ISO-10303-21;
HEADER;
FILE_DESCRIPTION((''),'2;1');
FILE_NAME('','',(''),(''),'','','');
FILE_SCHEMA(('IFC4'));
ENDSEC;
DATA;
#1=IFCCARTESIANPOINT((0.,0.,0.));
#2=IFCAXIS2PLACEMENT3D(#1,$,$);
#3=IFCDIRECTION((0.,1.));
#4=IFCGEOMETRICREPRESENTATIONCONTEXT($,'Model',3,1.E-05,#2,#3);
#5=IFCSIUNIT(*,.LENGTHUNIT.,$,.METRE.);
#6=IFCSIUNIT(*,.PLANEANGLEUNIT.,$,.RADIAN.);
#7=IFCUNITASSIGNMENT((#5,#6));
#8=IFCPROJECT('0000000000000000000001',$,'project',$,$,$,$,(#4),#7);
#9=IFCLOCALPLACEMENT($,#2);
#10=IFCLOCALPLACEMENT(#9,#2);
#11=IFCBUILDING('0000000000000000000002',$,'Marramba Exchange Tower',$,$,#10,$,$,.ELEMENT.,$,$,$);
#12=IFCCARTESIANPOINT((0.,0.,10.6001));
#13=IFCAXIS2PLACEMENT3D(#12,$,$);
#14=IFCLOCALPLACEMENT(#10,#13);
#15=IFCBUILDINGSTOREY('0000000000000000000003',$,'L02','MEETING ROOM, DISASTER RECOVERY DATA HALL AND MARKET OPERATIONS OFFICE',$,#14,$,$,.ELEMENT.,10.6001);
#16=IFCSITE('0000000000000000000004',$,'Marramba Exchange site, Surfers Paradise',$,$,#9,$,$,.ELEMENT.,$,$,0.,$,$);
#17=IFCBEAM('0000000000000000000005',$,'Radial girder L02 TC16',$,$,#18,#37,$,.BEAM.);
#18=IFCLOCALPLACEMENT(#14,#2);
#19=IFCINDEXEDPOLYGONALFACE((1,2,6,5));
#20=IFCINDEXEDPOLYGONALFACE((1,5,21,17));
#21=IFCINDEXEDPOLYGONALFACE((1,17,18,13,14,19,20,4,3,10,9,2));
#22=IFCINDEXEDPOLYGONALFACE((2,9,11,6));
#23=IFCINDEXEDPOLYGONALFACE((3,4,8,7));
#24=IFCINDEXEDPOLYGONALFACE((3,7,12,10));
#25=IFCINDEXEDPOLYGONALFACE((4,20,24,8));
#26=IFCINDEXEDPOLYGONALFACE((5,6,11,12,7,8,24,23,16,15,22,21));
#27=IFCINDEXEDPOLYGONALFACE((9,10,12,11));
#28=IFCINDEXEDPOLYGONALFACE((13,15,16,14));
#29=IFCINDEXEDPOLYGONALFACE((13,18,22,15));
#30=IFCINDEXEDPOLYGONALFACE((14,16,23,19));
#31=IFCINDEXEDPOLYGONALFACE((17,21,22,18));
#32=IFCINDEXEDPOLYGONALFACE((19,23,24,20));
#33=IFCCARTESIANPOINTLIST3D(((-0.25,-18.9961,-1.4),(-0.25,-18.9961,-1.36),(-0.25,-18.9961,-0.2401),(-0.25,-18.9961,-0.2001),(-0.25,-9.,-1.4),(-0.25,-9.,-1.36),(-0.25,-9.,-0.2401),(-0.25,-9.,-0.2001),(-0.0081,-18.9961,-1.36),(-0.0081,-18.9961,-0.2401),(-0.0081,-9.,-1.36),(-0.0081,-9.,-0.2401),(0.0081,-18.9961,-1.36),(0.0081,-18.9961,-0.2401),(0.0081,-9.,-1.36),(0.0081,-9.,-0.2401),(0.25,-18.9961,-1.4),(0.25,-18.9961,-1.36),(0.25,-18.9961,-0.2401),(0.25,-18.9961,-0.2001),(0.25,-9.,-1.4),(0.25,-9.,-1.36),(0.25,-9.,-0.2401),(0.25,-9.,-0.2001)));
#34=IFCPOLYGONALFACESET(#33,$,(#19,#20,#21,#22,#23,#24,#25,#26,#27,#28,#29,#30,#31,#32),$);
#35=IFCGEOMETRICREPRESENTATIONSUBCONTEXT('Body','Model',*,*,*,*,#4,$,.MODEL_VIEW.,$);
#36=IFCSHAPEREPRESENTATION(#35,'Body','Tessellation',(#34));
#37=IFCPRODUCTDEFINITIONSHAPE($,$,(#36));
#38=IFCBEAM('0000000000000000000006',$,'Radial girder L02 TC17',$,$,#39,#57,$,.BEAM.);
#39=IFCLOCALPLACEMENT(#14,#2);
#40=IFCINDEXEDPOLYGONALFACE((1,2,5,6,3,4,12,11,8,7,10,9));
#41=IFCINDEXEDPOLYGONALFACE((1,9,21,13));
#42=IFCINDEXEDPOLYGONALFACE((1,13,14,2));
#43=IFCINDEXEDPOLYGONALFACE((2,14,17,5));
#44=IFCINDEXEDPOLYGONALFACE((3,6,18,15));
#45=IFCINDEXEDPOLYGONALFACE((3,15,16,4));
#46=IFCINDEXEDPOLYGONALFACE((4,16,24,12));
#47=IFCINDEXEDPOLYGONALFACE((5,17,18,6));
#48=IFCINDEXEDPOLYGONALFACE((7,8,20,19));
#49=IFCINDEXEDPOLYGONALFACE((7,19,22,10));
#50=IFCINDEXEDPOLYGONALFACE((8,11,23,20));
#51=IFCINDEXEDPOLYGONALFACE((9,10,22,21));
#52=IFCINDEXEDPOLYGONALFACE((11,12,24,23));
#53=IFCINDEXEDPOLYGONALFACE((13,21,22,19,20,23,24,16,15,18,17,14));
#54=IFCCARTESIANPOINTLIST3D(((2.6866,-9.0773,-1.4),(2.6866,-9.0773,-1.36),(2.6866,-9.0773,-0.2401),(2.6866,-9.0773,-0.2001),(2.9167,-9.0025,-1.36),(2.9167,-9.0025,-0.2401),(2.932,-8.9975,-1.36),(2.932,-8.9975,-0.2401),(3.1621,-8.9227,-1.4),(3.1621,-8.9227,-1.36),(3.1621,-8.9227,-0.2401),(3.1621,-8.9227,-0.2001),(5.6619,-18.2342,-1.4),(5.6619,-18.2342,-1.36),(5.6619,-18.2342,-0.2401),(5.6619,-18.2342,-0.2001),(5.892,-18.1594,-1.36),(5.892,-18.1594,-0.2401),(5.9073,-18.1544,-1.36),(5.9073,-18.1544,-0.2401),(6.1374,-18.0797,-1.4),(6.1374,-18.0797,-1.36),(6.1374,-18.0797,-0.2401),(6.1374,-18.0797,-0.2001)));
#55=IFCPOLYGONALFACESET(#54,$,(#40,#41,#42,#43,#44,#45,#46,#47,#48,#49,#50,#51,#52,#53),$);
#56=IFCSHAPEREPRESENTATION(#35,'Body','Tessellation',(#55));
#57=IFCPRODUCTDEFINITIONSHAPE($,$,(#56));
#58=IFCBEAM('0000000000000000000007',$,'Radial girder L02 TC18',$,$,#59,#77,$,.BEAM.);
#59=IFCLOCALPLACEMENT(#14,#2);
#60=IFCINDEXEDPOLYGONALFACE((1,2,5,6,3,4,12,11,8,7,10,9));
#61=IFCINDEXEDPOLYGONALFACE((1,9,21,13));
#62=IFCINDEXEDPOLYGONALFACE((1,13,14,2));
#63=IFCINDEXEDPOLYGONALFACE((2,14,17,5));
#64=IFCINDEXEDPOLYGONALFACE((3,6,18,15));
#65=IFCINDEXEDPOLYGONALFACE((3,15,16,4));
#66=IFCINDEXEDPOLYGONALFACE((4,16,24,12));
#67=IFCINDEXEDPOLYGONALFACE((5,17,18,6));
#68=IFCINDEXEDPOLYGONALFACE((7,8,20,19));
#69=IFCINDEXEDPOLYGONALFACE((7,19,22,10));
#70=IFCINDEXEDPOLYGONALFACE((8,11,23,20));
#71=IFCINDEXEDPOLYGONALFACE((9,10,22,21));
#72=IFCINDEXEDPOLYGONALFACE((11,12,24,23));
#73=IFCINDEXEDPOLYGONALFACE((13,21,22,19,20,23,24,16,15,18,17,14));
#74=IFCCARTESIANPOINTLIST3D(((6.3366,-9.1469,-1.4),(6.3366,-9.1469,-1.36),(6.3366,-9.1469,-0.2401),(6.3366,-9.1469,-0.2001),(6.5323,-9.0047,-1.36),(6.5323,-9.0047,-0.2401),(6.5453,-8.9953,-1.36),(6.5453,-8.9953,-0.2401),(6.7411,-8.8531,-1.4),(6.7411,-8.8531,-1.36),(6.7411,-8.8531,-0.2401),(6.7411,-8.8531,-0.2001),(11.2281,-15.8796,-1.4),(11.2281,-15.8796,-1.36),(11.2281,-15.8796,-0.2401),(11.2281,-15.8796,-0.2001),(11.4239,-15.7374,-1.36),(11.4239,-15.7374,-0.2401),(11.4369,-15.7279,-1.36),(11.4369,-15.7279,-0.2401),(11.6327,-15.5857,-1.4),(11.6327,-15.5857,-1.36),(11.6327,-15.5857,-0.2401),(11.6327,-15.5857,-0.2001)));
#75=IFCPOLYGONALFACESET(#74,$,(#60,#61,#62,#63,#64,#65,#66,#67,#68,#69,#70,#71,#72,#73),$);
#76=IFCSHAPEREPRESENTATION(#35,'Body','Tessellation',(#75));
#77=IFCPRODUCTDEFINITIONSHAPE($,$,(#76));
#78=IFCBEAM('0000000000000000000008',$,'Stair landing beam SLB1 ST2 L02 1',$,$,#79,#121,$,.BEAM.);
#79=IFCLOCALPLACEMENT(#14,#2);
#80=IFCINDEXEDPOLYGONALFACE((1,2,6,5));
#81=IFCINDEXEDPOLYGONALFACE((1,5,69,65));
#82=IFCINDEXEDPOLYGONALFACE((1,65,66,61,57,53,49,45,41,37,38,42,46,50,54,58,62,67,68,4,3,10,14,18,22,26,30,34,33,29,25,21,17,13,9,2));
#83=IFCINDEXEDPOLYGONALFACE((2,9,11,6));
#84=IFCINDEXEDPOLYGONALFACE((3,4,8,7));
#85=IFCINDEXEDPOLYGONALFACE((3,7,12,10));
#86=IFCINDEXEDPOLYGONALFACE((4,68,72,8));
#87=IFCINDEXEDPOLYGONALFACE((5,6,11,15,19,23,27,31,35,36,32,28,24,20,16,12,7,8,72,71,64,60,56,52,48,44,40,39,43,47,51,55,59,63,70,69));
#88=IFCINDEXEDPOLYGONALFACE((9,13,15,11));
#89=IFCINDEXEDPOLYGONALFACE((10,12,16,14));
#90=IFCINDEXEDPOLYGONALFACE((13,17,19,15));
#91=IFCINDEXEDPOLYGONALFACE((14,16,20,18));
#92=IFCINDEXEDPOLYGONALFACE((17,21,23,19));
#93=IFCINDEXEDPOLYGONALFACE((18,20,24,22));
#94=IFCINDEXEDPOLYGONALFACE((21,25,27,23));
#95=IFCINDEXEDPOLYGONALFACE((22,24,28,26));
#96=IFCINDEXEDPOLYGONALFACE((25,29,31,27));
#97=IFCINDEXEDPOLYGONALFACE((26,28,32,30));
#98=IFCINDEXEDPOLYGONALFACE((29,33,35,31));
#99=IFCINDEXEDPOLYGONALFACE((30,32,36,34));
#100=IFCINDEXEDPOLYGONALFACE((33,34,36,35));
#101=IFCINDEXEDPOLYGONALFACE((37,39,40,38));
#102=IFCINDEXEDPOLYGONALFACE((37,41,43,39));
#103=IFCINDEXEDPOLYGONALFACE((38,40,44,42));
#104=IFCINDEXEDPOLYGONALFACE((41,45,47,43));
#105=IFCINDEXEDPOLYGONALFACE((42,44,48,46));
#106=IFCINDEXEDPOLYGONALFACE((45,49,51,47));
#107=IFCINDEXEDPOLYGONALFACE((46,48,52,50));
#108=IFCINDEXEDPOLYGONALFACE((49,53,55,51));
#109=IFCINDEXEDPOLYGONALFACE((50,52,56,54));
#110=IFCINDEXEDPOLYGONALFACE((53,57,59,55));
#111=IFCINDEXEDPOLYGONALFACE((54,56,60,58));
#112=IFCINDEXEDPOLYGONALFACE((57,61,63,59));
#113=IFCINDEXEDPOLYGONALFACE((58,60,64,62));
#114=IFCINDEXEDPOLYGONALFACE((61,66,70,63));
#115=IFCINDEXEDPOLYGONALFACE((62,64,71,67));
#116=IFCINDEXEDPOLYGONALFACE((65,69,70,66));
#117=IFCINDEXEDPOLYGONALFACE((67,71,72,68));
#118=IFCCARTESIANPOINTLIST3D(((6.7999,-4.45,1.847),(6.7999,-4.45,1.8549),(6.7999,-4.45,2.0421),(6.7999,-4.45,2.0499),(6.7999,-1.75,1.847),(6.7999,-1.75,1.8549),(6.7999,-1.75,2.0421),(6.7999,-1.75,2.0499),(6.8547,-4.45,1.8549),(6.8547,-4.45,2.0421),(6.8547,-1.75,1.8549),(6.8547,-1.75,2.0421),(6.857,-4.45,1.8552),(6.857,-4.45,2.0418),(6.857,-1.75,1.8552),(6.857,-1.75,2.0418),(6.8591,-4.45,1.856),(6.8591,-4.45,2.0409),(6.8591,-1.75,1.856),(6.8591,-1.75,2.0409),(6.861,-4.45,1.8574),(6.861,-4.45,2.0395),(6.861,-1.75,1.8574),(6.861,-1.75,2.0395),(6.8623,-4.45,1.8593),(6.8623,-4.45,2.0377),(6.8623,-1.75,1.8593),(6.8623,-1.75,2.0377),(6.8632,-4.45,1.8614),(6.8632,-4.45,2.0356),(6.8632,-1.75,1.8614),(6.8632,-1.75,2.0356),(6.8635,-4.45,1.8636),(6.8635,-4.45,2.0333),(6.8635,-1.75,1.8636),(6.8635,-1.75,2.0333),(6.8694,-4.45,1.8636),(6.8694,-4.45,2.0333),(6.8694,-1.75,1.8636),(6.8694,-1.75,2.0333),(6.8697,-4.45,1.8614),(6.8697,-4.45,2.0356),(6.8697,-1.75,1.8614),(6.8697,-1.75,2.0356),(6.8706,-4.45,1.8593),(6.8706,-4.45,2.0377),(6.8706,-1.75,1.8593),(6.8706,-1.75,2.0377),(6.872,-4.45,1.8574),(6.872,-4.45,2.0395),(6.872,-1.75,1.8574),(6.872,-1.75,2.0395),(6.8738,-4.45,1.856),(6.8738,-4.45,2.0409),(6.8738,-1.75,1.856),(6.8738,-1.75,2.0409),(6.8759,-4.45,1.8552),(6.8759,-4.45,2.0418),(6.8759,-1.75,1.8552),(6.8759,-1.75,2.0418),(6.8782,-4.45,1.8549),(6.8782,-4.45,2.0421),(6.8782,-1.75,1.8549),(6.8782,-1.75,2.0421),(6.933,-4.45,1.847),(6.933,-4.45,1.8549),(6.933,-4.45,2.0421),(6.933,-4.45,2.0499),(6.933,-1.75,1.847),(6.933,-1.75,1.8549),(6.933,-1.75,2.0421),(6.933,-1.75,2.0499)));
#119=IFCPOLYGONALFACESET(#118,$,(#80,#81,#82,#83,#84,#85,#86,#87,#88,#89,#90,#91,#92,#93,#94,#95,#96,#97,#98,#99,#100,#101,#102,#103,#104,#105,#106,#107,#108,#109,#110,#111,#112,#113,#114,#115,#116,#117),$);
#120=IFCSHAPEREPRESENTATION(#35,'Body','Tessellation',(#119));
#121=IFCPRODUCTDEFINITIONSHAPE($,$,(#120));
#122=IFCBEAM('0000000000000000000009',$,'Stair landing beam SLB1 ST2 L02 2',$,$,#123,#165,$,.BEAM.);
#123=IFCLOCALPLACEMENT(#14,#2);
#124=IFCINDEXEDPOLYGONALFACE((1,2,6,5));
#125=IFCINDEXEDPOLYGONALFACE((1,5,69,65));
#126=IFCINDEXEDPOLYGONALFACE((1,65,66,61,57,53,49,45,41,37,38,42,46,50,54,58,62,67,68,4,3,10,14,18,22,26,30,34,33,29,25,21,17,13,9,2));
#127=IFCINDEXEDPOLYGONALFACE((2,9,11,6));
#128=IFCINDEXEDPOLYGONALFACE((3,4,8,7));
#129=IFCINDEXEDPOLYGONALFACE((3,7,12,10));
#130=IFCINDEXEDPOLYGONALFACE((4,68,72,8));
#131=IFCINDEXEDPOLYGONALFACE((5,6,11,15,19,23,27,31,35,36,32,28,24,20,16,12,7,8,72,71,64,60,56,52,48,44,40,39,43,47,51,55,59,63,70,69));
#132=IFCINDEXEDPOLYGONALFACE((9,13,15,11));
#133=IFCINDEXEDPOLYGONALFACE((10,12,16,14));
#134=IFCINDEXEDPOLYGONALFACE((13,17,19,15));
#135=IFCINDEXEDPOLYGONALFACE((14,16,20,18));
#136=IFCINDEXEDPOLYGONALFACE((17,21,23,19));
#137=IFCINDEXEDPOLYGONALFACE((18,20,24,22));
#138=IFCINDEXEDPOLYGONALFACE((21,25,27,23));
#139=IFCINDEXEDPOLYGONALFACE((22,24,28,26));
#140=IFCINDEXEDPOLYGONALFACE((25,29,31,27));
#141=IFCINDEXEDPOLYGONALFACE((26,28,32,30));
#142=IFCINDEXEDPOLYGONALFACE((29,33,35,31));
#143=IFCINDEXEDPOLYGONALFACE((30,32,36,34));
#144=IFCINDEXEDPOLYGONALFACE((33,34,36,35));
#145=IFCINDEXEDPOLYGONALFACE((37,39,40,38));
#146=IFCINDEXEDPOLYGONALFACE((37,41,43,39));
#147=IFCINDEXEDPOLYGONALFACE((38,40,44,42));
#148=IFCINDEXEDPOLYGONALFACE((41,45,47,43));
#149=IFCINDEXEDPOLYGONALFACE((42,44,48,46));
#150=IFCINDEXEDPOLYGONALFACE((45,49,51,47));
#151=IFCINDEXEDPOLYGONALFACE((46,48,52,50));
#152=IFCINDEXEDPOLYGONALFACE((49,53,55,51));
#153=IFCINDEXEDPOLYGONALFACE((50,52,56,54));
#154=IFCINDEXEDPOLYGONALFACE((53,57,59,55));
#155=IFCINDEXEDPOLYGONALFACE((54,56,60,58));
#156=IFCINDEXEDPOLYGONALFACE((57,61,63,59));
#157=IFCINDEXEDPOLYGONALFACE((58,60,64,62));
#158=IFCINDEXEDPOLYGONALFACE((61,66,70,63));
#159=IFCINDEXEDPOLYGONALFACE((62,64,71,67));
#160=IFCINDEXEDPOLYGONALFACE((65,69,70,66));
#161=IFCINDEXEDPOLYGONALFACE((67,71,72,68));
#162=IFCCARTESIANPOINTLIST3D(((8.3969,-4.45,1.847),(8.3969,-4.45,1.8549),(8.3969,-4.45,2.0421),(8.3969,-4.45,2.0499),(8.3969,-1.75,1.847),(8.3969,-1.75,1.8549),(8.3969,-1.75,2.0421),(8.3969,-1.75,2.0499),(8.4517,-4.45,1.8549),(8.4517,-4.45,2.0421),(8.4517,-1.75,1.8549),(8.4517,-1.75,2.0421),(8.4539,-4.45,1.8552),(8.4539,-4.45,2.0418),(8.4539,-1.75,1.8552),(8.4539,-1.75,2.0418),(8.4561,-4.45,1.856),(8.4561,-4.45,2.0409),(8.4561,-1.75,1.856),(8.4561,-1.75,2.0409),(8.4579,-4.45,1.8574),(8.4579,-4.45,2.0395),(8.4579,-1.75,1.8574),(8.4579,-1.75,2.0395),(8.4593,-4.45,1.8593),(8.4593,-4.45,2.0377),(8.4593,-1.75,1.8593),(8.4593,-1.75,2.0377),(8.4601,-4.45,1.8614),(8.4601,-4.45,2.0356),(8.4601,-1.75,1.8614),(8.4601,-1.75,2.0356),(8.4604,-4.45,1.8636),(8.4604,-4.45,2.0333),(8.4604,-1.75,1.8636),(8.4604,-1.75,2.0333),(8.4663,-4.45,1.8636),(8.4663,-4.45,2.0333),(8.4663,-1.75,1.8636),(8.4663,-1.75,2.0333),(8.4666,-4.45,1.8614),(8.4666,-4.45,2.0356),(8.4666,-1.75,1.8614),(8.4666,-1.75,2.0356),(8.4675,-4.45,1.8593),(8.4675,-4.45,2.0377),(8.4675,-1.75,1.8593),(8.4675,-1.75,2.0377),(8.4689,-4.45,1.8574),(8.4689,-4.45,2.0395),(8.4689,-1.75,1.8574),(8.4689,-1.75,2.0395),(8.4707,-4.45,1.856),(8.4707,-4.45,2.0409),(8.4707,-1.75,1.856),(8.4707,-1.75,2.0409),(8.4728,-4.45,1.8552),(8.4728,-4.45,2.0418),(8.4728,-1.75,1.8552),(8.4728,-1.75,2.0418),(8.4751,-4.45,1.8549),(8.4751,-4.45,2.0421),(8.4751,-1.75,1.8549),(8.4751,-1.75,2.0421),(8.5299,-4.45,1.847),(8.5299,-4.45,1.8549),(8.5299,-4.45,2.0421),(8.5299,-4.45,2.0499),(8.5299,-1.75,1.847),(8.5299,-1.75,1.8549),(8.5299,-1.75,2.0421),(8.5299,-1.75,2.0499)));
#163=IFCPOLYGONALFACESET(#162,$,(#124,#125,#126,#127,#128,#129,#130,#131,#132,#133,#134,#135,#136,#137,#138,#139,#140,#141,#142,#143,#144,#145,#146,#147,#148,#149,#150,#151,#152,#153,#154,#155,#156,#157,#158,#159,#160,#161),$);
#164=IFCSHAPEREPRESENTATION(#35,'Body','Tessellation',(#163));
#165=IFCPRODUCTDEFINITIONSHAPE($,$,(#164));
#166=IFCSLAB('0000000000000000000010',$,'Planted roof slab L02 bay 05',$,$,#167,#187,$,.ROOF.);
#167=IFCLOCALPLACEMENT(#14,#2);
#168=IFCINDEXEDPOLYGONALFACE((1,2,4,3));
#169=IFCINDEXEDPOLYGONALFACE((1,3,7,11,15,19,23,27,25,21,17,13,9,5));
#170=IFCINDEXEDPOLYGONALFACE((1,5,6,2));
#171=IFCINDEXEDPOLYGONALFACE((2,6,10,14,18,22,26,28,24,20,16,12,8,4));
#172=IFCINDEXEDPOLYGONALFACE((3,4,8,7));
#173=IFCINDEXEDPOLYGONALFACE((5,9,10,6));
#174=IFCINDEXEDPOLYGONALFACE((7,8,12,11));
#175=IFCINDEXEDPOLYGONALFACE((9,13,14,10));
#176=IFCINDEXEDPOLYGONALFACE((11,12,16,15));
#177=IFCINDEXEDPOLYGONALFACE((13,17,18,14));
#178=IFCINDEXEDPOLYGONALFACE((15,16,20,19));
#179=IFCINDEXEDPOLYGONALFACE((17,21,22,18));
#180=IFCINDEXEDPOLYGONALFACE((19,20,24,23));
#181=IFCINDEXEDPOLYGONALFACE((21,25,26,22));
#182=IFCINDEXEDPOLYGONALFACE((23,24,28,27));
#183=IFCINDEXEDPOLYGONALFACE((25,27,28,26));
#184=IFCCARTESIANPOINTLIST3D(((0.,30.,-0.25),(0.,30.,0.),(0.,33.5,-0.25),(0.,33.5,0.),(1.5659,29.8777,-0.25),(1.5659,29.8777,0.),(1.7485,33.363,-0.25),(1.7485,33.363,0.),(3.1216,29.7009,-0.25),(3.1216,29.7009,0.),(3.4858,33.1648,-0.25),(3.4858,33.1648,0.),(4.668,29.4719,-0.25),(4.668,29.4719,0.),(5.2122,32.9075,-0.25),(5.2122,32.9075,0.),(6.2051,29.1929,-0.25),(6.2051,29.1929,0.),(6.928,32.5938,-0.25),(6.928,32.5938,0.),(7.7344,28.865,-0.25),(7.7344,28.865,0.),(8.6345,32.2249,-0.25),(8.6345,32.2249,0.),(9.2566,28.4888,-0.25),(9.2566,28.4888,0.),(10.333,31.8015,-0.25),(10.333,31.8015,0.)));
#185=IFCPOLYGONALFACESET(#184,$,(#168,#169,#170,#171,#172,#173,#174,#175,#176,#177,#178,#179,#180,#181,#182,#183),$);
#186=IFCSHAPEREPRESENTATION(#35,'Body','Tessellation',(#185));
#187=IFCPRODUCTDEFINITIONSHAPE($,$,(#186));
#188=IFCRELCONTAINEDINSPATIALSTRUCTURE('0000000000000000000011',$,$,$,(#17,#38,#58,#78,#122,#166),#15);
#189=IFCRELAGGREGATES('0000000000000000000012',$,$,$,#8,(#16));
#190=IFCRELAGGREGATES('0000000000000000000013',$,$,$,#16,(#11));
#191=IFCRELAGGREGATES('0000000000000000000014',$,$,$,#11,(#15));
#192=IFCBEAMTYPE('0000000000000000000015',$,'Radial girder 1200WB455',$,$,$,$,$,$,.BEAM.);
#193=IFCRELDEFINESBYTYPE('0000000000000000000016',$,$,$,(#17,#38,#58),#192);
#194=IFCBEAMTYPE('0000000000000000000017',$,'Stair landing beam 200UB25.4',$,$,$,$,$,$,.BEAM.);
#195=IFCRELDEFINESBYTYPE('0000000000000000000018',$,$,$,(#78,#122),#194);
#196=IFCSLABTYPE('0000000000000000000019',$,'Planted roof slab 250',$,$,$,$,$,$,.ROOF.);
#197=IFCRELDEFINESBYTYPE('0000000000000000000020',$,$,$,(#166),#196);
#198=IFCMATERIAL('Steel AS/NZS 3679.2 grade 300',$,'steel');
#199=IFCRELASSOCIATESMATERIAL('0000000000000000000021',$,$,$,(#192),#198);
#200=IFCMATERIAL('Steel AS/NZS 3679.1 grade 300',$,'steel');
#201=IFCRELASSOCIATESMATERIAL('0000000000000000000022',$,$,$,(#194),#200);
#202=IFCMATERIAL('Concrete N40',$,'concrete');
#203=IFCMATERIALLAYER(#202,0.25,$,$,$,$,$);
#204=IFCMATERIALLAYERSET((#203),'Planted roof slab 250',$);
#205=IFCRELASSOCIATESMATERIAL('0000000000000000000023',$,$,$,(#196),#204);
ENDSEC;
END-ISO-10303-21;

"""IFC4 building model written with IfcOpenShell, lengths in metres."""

from ifc_helpers import new_model, si_unit, direction, frame, origin, origin_2d, place, context, subcontext, project, spatial, polyline, i_section, outline, extrude, material, layer, layer_set, material_profile, profile_set, type_object, element, save


model = new_model("IFC4")

# Units and contexts
model_context = context("Model", 3, precision=1e-05, world=origin(), true_north=direction((0.0, 1.0)))
body_context = subcontext(model_context, "Body", "Model", "MODEL_VIEW")
ifc_project = project(units=[si_unit("LENGTHUNIT", "METRE"), si_unit("PLANEANGLEUNIT", "RADIAN")], contexts=[model_context])

# Site, building, storey
site_placement = place(None, origin())
site = spatial("IfcSite", under=ifc_project, at=site_placement, Name="Marramba Exchange site, Surfers Paradise", CompositionType="ELEMENT", RefElevation=0.0)
building_placement = place(site_placement, origin())
building = spatial("IfcBuilding", under=site, at=building_placement, Name="Marramba Exchange Tower", CompositionType="ELEMENT")
storey_placement = place(building_placement, frame((0.0, 0.0, 10.6001)))
storey = spatial("IfcBuildingStorey", under=building, at=storey_placement, Name="L02", Description="MEETING ROOM, DISASTER RECOVERY DATA HALL AND MARKET OPERATIONS OFFICE", CompositionType="ELEMENT", Elevation=10.6001)

# Beams
ifc_material_1 = material(Name="Steel AS/NZS 3679.2 grade 300", Category="steel")
ifc_material_profile_1 = material_profile(ifc_material_1, i_section(OverallWidth=0.5, OverallDepth=1.2, WebThickness=0.0161, FlangeThickness=0.04, at=origin_2d()), Name="1200WB455")
ifc_profile_set_1 = profile_set([ifc_material_profile_1], Name="Steel AS/NZS 3679.2 grade 300")
beam_type_1 = type_object("IfcBeamType", Name="Radial girder 1200WB455", PredefinedType="BEAM", material=ifc_profile_set_1)
beam_1_placement = place(storey_placement, frame((0.0, -9.0, -0.8), z_axis=(0.0, -1.0, 0.0), x_axis=(1.0, 0.0, 0.0)))
element("IfcBeam", 1, at=beam_1_placement, inside=storey, type_object=beam_type_1, Name="Radial girder L02 TC16", PredefinedType="BEAM", context=body_context, shape_type="SweptSolid", body=[
    extrude(i_section(OverallWidth=0.5, OverallDepth=1.2, WebThickness=0.0161, FlangeThickness=0.04, at=origin_2d()), origin(), (0.0, 0.0, 1.0), 9.9961),
])
beam_2_placement = place(storey_placement, frame((2.9243, -9.0, -0.8), z_axis=(0.309022, -0.951055, 0.0), x_axis=(0.951055, 0.309022, 0.0)))
element("IfcBeam", 2, at=beam_2_placement, inside=storey, type_object=beam_type_1, Name="Radial girder L02 TC17", PredefinedType="BEAM", context=body_context, shape_type="SweptSolid", body=[
    extrude(i_section(OverallWidth=0.5, OverallDepth=1.2, WebThickness=0.0161, FlangeThickness=0.04, at=origin_2d()), origin(), (0.0, 0.0, 1.0), 9.6282),
])
beam_3_placement = place(storey_placement, frame((6.5388, -9.0, -0.8), z_axis=(0.587788, -0.809015, 0.0), x_axis=(0.809015, 0.587788, 0.0)))
element("IfcBeam", 3, at=beam_3_placement, inside=storey, type_object=beam_type_1, Name="Radial girder L02 TC18", PredefinedType="BEAM", context=body_context, shape_type="SweptSolid", body=[
    extrude(i_section(OverallWidth=0.5, OverallDepth=1.2, WebThickness=0.0161, FlangeThickness=0.04, at=origin_2d()), origin(), (0.0, 0.0, 1.0), 8.322),
])
ifc_material_2 = material(Name="Steel AS/NZS 3679.1 grade 300", Category="steel")
ifc_material_profile_2 = material_profile(ifc_material_2, i_section(OverallWidth=0.1331, OverallDepth=0.2029, WebThickness=0.0059, FlangeThickness=0.0078, FilletRadius=0.0088, at=origin_2d()), Name="200UB25.4")
ifc_profile_set_2 = profile_set([ifc_material_profile_2], Name="Steel AS/NZS 3679.1 grade 300")
beam_type_2 = type_object("IfcBeamType", Name="Stair landing beam 200UB25.4", PredefinedType="BEAM", material=ifc_profile_set_2)
for number, where, z_axis, x_axis, name in (
    (4, (6.8665, -4.45, 1.9485), (0.0, 1.0, 0.0), (-1.0, 0.0, 0.0), "Stair landing beam SLB1 ST2 L02 1"),
    (5, (8.4634, -4.45, 1.9485), (0.0, 1.0, 0.0), (-1.0, 0.0, 0.0), "Stair landing beam SLB1 ST2 L02 2"),
):
    element("IfcBeam", number, at=place(storey_placement, frame(where, z_axis=z_axis, x_axis=x_axis)), inside=storey, type_object=beam_type_2, Name=name, PredefinedType="BEAM", context=body_context, shape_type="SweptSolid", body=[
        extrude(i_section(OverallWidth=0.1331, OverallDepth=0.2029, WebThickness=0.0059, FlangeThickness=0.0078, FilletRadius=0.0088, at=origin_2d()), origin(), (0.0, 0.0, 1.0), 2.7),
    ])

# Slab
ifc_material_3 = material(Name="Concrete N40", Category="concrete")
ifc_layer_1 = layer(ifc_material_3, 0.25)
ifc_layer_set_1 = layer_set([ifc_layer_1], Name="Planted roof slab 250")
slab_type = type_object("IfcSlabType", Name="Planted roof slab 250", PredefinedType="ROOF", material=ifc_layer_set_1)
slab_1_placement = place(storey_placement, frame((0.0, 0.0, -0.25)))
element("IfcSlab", 6, at=slab_1_placement, inside=storey, type_object=slab_type, Name="Planted roof slab L02 bay 05", PredefinedType="ROOF", context=body_context, shape_type="SweptSolid", body=[
    extrude(outline(polyline([(1.7485, 33.363), (3.4858, 33.1648), (5.2122, 32.9075), (6.928, 32.5938), (8.6345, 32.2249), (10.333, 31.8015), (9.2566, 28.4888), (7.7344, 28.865), (6.2051, 29.1929), (4.668, 29.4719), (3.1216, 29.7009), (1.5659, 29.8777), (0.0, 30.0), (0.0, 33.5), (1.7485, 33.363)])), origin(), (0.0, 0.0, 1.0), 0.25),
])

save(model, "model.ifc")
